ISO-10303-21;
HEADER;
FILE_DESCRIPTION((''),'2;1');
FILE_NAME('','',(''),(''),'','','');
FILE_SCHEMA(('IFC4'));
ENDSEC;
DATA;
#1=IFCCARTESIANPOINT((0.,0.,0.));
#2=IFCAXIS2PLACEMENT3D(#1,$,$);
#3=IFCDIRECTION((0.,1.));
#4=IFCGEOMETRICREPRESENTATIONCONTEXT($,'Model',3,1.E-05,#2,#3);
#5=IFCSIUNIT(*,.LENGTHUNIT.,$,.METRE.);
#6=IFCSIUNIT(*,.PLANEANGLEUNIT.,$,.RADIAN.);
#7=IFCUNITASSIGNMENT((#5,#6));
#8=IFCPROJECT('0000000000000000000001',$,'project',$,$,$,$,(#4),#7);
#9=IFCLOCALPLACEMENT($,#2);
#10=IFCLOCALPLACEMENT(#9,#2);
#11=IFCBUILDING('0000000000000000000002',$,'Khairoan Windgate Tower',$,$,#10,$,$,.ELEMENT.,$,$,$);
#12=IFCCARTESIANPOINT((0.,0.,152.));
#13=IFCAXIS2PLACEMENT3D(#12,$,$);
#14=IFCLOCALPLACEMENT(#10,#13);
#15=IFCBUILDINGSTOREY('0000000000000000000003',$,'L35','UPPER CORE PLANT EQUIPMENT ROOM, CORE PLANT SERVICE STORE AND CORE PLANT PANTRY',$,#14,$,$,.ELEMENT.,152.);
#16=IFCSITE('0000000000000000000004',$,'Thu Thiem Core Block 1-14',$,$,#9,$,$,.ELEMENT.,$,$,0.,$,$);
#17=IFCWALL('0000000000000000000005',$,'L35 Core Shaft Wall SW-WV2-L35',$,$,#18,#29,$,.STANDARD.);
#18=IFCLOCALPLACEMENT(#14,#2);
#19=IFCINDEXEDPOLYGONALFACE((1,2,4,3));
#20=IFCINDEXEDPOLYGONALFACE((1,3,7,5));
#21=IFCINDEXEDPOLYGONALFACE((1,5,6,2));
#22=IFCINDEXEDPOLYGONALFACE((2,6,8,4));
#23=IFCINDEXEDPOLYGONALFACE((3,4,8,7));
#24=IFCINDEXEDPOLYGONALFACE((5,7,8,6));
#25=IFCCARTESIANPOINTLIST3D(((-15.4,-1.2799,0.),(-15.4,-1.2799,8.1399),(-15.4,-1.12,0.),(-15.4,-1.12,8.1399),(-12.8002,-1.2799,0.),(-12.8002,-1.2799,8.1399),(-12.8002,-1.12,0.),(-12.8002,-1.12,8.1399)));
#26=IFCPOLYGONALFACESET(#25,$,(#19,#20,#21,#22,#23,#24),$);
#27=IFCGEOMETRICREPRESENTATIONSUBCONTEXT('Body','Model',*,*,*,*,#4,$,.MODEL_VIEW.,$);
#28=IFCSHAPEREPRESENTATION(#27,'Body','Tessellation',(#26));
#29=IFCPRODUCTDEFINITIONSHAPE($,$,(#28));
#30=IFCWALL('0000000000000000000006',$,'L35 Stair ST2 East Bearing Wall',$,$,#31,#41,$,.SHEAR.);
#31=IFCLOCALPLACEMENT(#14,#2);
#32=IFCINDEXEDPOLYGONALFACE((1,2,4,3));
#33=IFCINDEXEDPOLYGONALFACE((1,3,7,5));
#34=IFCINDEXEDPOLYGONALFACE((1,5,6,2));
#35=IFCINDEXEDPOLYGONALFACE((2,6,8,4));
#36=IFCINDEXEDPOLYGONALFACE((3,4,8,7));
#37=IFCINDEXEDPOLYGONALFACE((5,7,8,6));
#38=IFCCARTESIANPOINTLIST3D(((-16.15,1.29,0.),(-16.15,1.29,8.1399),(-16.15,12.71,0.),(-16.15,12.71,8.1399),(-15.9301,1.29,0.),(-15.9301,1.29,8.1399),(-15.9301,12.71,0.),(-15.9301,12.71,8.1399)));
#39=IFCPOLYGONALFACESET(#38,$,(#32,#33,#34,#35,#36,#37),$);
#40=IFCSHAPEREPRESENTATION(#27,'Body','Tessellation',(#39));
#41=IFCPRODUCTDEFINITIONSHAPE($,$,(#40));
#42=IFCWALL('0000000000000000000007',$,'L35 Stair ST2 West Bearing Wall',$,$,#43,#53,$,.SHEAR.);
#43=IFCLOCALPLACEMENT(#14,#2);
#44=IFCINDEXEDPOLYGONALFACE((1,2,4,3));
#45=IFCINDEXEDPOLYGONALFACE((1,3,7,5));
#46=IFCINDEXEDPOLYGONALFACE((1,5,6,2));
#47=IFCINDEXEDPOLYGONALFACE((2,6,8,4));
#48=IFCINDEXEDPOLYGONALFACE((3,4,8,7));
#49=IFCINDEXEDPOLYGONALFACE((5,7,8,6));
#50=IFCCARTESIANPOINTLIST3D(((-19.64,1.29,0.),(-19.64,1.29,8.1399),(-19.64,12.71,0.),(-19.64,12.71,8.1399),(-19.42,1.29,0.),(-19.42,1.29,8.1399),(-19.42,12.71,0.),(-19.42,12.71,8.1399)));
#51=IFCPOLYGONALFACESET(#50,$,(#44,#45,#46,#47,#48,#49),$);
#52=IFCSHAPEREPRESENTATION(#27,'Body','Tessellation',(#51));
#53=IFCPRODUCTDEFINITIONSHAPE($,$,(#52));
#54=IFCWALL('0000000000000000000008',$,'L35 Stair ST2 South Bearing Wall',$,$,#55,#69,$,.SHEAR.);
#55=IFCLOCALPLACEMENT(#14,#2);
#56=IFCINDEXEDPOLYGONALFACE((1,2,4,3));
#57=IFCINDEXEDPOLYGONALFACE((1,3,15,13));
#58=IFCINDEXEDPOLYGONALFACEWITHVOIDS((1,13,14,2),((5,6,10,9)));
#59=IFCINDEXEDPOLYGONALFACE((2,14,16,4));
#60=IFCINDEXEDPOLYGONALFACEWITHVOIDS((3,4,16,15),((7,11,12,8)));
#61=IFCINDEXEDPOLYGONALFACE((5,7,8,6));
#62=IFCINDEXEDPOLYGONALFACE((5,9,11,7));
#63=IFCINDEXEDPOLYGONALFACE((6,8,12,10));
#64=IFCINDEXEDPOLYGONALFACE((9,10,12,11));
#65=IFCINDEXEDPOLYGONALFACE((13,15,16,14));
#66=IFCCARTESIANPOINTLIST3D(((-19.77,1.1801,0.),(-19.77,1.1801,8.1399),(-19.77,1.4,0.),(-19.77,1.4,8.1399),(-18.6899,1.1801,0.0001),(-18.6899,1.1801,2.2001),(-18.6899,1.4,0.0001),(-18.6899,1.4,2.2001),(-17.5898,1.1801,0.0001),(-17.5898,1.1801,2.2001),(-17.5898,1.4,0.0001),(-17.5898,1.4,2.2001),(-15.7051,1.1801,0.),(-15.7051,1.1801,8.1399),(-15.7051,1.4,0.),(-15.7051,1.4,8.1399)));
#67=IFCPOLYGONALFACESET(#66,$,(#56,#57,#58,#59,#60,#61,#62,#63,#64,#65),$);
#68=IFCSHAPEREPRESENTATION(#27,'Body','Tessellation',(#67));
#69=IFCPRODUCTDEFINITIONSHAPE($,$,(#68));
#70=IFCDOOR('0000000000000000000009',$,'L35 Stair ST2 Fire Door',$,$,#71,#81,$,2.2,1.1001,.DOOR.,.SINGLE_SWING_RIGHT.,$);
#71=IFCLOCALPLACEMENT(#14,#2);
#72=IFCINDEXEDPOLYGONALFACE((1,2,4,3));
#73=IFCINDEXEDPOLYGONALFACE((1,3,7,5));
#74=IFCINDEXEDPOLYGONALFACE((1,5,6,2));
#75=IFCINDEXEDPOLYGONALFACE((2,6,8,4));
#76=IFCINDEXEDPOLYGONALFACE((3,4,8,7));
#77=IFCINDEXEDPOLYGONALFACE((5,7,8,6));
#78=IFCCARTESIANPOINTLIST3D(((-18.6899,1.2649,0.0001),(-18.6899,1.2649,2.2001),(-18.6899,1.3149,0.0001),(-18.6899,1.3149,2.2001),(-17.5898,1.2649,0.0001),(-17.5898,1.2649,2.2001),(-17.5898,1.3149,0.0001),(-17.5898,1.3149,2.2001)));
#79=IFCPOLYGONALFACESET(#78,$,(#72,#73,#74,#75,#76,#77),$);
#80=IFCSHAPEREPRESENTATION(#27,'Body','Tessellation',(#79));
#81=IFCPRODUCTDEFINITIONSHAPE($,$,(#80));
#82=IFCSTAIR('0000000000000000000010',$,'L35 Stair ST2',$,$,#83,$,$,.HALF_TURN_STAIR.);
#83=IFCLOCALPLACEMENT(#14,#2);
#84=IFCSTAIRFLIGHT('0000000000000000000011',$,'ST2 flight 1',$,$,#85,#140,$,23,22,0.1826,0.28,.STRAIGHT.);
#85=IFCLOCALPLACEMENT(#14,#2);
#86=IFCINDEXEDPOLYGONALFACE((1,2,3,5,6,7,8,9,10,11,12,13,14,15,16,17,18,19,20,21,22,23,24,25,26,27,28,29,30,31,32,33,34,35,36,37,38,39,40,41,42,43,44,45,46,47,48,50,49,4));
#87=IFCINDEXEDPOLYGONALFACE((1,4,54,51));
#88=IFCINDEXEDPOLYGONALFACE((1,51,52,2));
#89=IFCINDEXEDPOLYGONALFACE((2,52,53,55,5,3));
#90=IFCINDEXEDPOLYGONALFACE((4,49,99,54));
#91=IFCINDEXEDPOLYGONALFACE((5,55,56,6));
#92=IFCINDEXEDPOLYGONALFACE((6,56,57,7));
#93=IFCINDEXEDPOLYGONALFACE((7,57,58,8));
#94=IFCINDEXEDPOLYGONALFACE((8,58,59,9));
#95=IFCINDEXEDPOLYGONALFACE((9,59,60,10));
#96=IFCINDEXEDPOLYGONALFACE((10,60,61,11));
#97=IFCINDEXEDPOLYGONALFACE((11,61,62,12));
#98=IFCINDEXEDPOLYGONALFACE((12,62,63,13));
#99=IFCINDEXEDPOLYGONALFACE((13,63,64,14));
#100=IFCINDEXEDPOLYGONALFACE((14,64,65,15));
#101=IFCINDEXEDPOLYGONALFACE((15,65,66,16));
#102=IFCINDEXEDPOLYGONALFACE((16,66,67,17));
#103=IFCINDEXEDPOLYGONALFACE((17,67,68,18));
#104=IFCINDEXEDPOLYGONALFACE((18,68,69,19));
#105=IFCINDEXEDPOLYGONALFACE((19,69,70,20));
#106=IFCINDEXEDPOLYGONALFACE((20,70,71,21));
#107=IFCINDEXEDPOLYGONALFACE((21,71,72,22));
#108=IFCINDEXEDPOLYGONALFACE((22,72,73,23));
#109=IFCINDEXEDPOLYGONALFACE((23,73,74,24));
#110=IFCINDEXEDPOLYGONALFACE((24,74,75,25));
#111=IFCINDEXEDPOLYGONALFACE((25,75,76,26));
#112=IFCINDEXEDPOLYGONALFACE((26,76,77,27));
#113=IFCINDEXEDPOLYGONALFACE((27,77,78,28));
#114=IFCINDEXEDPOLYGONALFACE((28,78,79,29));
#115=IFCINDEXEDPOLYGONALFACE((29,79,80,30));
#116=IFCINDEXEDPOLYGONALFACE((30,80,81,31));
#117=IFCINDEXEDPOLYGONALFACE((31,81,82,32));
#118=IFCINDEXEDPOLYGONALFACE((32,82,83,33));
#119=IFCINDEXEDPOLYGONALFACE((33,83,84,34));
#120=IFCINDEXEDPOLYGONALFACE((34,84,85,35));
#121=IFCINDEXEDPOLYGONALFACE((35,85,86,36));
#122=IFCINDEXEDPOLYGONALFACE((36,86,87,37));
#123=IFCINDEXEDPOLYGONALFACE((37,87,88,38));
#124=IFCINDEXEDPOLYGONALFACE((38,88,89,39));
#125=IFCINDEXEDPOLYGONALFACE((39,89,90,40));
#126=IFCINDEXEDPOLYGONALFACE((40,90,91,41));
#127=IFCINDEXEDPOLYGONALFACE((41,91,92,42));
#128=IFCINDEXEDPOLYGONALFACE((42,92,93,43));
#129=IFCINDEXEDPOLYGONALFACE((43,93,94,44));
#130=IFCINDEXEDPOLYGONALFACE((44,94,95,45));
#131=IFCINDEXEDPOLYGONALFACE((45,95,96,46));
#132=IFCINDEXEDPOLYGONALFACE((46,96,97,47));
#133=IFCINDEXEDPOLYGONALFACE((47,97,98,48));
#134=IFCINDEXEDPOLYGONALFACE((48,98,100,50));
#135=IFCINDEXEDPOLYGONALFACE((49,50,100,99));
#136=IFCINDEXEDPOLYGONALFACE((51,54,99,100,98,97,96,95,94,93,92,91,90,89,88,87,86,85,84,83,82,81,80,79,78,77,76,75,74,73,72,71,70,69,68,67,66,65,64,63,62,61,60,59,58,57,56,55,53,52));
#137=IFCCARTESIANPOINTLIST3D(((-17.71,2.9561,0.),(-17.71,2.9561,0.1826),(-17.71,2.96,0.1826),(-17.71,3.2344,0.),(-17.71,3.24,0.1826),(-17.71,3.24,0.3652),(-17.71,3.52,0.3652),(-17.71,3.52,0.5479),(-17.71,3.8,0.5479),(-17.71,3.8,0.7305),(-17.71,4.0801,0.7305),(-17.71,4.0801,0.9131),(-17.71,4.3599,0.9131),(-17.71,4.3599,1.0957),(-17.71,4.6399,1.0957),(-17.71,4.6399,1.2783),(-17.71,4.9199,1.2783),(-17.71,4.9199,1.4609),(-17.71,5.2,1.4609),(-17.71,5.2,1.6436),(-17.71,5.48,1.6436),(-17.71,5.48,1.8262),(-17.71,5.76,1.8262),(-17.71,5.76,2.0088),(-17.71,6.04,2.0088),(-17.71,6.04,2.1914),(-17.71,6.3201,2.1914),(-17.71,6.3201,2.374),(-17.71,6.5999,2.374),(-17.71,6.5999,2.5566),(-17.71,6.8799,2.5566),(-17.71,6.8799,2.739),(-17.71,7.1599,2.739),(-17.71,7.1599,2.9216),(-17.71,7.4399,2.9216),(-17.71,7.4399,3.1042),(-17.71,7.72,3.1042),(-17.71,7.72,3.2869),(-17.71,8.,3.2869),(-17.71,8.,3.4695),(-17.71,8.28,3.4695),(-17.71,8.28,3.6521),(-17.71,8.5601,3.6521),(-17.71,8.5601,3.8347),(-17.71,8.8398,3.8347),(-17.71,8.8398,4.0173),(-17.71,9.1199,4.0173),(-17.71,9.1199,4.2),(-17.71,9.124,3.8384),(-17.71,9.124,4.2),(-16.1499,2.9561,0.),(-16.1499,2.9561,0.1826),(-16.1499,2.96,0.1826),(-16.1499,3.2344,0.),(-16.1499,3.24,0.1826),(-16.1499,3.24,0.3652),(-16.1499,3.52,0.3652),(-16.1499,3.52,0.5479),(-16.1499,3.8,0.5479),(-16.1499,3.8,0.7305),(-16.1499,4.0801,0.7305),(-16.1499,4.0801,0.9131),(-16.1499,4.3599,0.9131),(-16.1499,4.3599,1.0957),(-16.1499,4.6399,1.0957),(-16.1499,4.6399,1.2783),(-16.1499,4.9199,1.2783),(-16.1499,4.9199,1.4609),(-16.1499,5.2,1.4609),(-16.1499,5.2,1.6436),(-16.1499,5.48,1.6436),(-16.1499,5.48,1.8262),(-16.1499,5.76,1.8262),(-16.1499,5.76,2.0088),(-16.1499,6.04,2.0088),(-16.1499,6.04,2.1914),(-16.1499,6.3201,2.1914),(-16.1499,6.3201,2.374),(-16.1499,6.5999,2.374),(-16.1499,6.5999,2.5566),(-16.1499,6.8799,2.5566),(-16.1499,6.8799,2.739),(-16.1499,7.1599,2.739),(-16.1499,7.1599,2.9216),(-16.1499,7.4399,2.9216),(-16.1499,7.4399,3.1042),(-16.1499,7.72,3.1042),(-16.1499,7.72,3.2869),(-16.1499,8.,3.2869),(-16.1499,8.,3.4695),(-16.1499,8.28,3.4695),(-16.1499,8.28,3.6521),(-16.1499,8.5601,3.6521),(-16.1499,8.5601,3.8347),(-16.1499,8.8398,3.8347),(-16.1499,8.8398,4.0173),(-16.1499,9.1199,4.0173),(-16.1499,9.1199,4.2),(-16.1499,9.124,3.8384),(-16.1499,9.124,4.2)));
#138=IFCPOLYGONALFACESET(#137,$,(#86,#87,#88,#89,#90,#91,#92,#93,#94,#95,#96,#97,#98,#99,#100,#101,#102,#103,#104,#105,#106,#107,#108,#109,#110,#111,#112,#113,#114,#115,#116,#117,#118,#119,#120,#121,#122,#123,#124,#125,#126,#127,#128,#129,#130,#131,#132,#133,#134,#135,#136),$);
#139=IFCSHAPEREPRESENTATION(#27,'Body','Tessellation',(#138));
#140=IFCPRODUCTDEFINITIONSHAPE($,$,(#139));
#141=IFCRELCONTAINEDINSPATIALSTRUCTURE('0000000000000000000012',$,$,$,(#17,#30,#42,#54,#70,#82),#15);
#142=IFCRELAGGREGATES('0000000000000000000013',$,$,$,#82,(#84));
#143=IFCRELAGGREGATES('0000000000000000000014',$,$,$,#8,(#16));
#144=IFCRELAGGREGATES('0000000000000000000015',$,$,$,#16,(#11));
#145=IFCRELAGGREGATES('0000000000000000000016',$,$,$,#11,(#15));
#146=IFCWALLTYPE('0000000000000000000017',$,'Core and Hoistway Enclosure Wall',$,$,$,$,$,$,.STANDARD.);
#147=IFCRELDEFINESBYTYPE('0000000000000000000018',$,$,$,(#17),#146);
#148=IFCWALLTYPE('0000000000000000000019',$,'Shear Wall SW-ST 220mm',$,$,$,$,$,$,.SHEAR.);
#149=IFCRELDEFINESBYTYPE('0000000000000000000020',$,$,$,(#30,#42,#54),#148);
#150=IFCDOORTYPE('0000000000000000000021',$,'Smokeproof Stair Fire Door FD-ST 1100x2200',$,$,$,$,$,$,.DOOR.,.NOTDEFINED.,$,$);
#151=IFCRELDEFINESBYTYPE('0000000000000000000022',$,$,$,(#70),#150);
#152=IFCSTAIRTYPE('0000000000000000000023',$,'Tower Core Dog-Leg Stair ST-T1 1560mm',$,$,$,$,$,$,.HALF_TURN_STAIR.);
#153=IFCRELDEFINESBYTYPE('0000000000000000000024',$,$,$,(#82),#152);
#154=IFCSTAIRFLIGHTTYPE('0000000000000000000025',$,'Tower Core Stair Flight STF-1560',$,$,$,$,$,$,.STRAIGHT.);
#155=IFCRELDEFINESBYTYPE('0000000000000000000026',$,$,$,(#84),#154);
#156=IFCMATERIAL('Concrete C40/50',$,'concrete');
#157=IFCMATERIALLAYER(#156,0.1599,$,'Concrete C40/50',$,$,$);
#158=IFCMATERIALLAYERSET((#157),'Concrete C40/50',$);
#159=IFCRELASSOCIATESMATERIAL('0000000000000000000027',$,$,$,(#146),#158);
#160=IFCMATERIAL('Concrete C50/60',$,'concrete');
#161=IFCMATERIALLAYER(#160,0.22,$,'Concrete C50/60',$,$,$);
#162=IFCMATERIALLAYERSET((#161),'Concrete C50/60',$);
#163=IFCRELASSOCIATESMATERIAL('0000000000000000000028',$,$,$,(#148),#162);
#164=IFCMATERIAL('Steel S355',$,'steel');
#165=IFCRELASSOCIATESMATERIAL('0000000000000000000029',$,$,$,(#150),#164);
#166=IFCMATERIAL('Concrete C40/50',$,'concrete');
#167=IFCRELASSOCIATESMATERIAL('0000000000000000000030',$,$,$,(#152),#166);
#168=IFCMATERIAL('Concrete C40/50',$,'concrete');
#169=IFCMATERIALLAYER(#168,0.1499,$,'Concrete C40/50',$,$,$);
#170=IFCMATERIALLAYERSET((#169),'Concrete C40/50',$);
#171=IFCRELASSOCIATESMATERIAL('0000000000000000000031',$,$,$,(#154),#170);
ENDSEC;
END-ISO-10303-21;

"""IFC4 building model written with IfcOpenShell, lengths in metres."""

from ifc_helpers import new_model, si_unit, direction, frame, frame_2d, origin, place, context, subcontext, project, spatial, polyline, rectangle, outline, extrude, material, layer, layer_set, type_object, element, fill, aggregate, save


model = new_model("IFC4")

# Units and contexts
model_context = context("Model", 3, precision=1e-05, world=origin(), true_north=direction((0.0, 1.0)))
body_context = subcontext(model_context, "Body", "Model", "MODEL_VIEW")
ifc_project = project(units=[si_unit("LENGTHUNIT", "METRE"), si_unit("PLANEANGLEUNIT", "RADIAN")], contexts=[model_context])

# Site, building, storey
site_placement = place(None, origin())
site = spatial("IfcSite", under=ifc_project, at=site_placement, Name="Thu Thiem Core Block 1-14", CompositionType="ELEMENT", RefElevation=0.0)
building_placement = place(site_placement, origin())
building = spatial("IfcBuilding", under=site, at=building_placement, Name="Khairoan Windgate Tower", CompositionType="ELEMENT")
storey_placement = place(building_placement, frame((0.0, 0.0, 152.0)))
storey = spatial("IfcBuildingStorey", under=building, at=storey_placement, Name="L35", Description="UPPER CORE PLANT EQUIPMENT ROOM, CORE PLANT SERVICE STORE AND CORE PLANT PANTRY", CompositionType="ELEMENT", Elevation=152.0)

# Walls
ifc_material_1 = material(Name="Concrete C40/50", Category="concrete")
ifc_layer_1 = layer(ifc_material_1, 0.1599, Name="Concrete C40/50")
ifc_layer_set_1 = layer_set([ifc_layer_1], Name="Concrete C40/50")
wall_type_1 = type_object("IfcWallType", Name="Core and Hoistway Enclosure Wall", PredefinedType="STANDARD", material=ifc_layer_set_1)
for number, where, z_axis, x_axis, name in (
    (1, (-15.3999, -1.2, 0.0), (0.0, 0.0, 1.0), (1.0, 0.0, 0.0), "L35 Core Shaft Wall SW-WV2-L35"),
):
    element("IfcWall", number, at=place(storey_placement, frame(where, z_axis=z_axis, x_axis=x_axis)), inside=storey, type_object=wall_type_1, Name=name, PredefinedType="STANDARD", context=body_context, shape_type="SweptSolid", body=[
        extrude(rectangle(XDim=2.5999, YDim=0.1599, at=frame_2d((1.2998, 0.0))), origin(), (0.0, 0.0, 1.0), 8.1399),
    ])
ifc_material_2 = material(Name="Concrete C50/60", Category="concrete")
ifc_layer_2 = layer(ifc_material_2, 0.22, Name="Concrete C50/60")
ifc_layer_set_2 = layer_set([ifc_layer_2], Name="Concrete C50/60")
wall_type_2 = type_object("IfcWallType", Name="Shear Wall SW-ST 220mm", PredefinedType="SHEAR", material=ifc_layer_set_2)
for number, where, z_axis, x_axis, name in (
    (2, (-16.04, 1.29, 0.0), (0.0, 0.0, 1.0), (0.0, 1.0, 0.0), "L35 Stair ST2 East Bearing Wall"),
    (3, (-19.53, 1.29, 0.0), (0.0, 0.0, 1.0), (0.0, 1.0, 0.0), "L35 Stair ST2 West Bearing Wall"),
):
    element("IfcWall", number, at=place(storey_placement, frame(where, z_axis=z_axis, x_axis=x_axis)), inside=storey, type_object=wall_type_2, Name=name, PredefinedType="SHEAR", context=body_context, shape_type="SweptSolid", body=[
        extrude(rectangle(XDim=11.4199, YDim=0.22, at=frame_2d((5.71, 0.0))), origin(), (0.0, 0.0, 1.0), 8.1399),
    ])

# Wall, opening, door
wall_placement = place(storey_placement, frame((-19.77, 1.29, 0.0), z_axis=(0.0, 0.0, 1.0), x_axis=(1.0, 0.0, 0.0)))
wall = element("IfcWall", 4, at=wall_placement, inside=storey, type_object=wall_type_2, Name="L35 Stair ST2 South Bearing Wall", PredefinedType="SHEAR", context=body_context, shape_type="SweptSolid", body=[
    extrude(rectangle(XDim=4.0649, YDim=0.22, at=frame_2d((2.0325, 0.0))), origin(), (0.0, 0.0, 1.0), 8.1399),
])
opening_placement = place(wall_placement, frame((1.0801, 0.0, 0.0)))
opening = element("IfcOpeningElement", 5, at=opening_placement, cuts=wall, PredefinedType="OPENING", context=body_context, shape_type="SweptSolid", body=[
    extrude(rectangle(XDim=1.1001, YDim=2.2, at=frame_2d((0.55, 1.1001))), frame((0.0, 0.1199, 0.0), z_axis=(0.0, -1.0, 0.0), x_axis=(1.0, 0.0, 0.0)), (0.0, 0.0, 1.0), 0.24),
])
ifc_material_3 = material(Name="Steel S355", Category="steel")
door_type = type_object("IfcDoorType", Name="Smokeproof Stair Fire Door FD-ST 1100x2200", OperationType="NOTDEFINED", PredefinedType="DOOR", material=ifc_material_3)
door_placement = place(opening_placement, origin())
door = element("IfcDoor", 6, at=door_placement, inside=storey, type_object=door_type, Name="L35 Stair ST2 Fire Door", OperationType="SINGLE_SWING_RIGHT", OverallHeight=2.2, OverallWidth=1.1001, PredefinedType="DOOR", context=body_context, shape_type="SweptSolid", body=[
    extrude(rectangle(XDim=1.1001, YDim=2.2, at=frame_2d((0.55, 1.1001))), frame((0.0, 0.0249, 0.0), z_axis=(0.0, -1.0, 0.0), x_axis=(1.0, 0.0, 0.0)), (0.0, 0.0, 1.0), 0.05),
])
fill(opening, door)

# Stair, stair flight
ifc_material_4 = material(Name="Concrete C40/50", Category="concrete")
stair_type = type_object("IfcStairType", Name="Tower Core Dog-Leg Stair ST-T1 1560mm", PredefinedType="HALF_TURN_STAIR", material=ifc_material_4)
stair_placement = place(storey_placement, origin())
stair = element("IfcStair", 7, at=stair_placement, inside=storey, type_object=stair_type, Name="L35 Stair ST2", PredefinedType="HALF_TURN_STAIR")
ifc_material_5 = material(Name="Concrete C40/50", Category="concrete")
ifc_layer_3 = layer(ifc_material_5, 0.1499, Name="Concrete C40/50")
ifc_layer_set_3 = layer_set([ifc_layer_3], Name="Concrete C40/50")
stair_flight_type = type_object("IfcStairFlightType", Name="Tower Core Stair Flight STF-1560", PredefinedType="STRAIGHT", material=ifc_layer_set_3)
stair_flight_1_placement = place(storey_placement, frame((-16.9299, 2.96, 0.0), z_axis=(0.0, 0.0, 1.0), x_axis=(0.0, 1.0, 0.0)))
stair_flight_1 = element("IfcStairFlight", 8, at=stair_flight_1_placement, type_object=stair_flight_type, Name="ST2 flight 1", NumberOfRisers=23, NumberOfTreads=22, PredefinedType="STRAIGHT", RiserHeight=0.1826, TreadLength=0.28, context=body_context, shape_type="SweptSolid", body=[
    extrude(outline(polyline([(-0.0039, 0.0), (-0.0039, 0.1826), (0.0, 0.1826), (0.28, 0.1826), (0.28, 0.3652), (0.5601, 0.3652), (0.5601, 0.5479), (0.8401, 0.5479), (0.8401, 0.7305), (1.1201, 0.7305), (1.1201, 0.9131), (1.3999, 0.9131), (1.3999, 1.0957), (1.6799, 1.0957), (1.6799, 1.2783), (1.96, 1.2783), (1.96, 1.4609), (2.24, 1.4609), (2.24, 1.6436), (2.52, 1.6436), (2.52, 1.8262), (2.8, 1.8262), (2.8, 2.0088), (3.0801, 2.0088), (3.0801, 2.1914), (3.3601, 2.1914), (3.3601, 2.374), (3.6399, 2.374), (3.6399, 2.5566), (3.9199, 2.5566), (3.9199, 2.739), (4.2, 2.739), (4.2, 2.9216), (4.48, 2.9216), (4.48, 3.1042), (4.76, 3.1042), (4.76, 3.2869), (5.04, 3.2869), (5.04, 3.4695), (5.3201, 3.4695), (5.3201, 3.6521), (5.6001, 3.6521), (5.6001, 3.8347), (5.8799, 3.8347), (5.8799, 4.0173), (6.1599, 4.0173), (6.1599, 4.2), (6.1641, 4.2), (6.1641, 3.8384), (0.2744, 0.0), (-0.0039, 0.0)])), frame((0.0, 0.78, 0.0), z_axis=(0.0, -1.0, 0.0), x_axis=(1.0, 0.0, 0.0)), (0.0, 0.0, 1.0), 1.5601),
])
aggregate(stair, [stair_flight_1])

save(model, "model.ifc")
